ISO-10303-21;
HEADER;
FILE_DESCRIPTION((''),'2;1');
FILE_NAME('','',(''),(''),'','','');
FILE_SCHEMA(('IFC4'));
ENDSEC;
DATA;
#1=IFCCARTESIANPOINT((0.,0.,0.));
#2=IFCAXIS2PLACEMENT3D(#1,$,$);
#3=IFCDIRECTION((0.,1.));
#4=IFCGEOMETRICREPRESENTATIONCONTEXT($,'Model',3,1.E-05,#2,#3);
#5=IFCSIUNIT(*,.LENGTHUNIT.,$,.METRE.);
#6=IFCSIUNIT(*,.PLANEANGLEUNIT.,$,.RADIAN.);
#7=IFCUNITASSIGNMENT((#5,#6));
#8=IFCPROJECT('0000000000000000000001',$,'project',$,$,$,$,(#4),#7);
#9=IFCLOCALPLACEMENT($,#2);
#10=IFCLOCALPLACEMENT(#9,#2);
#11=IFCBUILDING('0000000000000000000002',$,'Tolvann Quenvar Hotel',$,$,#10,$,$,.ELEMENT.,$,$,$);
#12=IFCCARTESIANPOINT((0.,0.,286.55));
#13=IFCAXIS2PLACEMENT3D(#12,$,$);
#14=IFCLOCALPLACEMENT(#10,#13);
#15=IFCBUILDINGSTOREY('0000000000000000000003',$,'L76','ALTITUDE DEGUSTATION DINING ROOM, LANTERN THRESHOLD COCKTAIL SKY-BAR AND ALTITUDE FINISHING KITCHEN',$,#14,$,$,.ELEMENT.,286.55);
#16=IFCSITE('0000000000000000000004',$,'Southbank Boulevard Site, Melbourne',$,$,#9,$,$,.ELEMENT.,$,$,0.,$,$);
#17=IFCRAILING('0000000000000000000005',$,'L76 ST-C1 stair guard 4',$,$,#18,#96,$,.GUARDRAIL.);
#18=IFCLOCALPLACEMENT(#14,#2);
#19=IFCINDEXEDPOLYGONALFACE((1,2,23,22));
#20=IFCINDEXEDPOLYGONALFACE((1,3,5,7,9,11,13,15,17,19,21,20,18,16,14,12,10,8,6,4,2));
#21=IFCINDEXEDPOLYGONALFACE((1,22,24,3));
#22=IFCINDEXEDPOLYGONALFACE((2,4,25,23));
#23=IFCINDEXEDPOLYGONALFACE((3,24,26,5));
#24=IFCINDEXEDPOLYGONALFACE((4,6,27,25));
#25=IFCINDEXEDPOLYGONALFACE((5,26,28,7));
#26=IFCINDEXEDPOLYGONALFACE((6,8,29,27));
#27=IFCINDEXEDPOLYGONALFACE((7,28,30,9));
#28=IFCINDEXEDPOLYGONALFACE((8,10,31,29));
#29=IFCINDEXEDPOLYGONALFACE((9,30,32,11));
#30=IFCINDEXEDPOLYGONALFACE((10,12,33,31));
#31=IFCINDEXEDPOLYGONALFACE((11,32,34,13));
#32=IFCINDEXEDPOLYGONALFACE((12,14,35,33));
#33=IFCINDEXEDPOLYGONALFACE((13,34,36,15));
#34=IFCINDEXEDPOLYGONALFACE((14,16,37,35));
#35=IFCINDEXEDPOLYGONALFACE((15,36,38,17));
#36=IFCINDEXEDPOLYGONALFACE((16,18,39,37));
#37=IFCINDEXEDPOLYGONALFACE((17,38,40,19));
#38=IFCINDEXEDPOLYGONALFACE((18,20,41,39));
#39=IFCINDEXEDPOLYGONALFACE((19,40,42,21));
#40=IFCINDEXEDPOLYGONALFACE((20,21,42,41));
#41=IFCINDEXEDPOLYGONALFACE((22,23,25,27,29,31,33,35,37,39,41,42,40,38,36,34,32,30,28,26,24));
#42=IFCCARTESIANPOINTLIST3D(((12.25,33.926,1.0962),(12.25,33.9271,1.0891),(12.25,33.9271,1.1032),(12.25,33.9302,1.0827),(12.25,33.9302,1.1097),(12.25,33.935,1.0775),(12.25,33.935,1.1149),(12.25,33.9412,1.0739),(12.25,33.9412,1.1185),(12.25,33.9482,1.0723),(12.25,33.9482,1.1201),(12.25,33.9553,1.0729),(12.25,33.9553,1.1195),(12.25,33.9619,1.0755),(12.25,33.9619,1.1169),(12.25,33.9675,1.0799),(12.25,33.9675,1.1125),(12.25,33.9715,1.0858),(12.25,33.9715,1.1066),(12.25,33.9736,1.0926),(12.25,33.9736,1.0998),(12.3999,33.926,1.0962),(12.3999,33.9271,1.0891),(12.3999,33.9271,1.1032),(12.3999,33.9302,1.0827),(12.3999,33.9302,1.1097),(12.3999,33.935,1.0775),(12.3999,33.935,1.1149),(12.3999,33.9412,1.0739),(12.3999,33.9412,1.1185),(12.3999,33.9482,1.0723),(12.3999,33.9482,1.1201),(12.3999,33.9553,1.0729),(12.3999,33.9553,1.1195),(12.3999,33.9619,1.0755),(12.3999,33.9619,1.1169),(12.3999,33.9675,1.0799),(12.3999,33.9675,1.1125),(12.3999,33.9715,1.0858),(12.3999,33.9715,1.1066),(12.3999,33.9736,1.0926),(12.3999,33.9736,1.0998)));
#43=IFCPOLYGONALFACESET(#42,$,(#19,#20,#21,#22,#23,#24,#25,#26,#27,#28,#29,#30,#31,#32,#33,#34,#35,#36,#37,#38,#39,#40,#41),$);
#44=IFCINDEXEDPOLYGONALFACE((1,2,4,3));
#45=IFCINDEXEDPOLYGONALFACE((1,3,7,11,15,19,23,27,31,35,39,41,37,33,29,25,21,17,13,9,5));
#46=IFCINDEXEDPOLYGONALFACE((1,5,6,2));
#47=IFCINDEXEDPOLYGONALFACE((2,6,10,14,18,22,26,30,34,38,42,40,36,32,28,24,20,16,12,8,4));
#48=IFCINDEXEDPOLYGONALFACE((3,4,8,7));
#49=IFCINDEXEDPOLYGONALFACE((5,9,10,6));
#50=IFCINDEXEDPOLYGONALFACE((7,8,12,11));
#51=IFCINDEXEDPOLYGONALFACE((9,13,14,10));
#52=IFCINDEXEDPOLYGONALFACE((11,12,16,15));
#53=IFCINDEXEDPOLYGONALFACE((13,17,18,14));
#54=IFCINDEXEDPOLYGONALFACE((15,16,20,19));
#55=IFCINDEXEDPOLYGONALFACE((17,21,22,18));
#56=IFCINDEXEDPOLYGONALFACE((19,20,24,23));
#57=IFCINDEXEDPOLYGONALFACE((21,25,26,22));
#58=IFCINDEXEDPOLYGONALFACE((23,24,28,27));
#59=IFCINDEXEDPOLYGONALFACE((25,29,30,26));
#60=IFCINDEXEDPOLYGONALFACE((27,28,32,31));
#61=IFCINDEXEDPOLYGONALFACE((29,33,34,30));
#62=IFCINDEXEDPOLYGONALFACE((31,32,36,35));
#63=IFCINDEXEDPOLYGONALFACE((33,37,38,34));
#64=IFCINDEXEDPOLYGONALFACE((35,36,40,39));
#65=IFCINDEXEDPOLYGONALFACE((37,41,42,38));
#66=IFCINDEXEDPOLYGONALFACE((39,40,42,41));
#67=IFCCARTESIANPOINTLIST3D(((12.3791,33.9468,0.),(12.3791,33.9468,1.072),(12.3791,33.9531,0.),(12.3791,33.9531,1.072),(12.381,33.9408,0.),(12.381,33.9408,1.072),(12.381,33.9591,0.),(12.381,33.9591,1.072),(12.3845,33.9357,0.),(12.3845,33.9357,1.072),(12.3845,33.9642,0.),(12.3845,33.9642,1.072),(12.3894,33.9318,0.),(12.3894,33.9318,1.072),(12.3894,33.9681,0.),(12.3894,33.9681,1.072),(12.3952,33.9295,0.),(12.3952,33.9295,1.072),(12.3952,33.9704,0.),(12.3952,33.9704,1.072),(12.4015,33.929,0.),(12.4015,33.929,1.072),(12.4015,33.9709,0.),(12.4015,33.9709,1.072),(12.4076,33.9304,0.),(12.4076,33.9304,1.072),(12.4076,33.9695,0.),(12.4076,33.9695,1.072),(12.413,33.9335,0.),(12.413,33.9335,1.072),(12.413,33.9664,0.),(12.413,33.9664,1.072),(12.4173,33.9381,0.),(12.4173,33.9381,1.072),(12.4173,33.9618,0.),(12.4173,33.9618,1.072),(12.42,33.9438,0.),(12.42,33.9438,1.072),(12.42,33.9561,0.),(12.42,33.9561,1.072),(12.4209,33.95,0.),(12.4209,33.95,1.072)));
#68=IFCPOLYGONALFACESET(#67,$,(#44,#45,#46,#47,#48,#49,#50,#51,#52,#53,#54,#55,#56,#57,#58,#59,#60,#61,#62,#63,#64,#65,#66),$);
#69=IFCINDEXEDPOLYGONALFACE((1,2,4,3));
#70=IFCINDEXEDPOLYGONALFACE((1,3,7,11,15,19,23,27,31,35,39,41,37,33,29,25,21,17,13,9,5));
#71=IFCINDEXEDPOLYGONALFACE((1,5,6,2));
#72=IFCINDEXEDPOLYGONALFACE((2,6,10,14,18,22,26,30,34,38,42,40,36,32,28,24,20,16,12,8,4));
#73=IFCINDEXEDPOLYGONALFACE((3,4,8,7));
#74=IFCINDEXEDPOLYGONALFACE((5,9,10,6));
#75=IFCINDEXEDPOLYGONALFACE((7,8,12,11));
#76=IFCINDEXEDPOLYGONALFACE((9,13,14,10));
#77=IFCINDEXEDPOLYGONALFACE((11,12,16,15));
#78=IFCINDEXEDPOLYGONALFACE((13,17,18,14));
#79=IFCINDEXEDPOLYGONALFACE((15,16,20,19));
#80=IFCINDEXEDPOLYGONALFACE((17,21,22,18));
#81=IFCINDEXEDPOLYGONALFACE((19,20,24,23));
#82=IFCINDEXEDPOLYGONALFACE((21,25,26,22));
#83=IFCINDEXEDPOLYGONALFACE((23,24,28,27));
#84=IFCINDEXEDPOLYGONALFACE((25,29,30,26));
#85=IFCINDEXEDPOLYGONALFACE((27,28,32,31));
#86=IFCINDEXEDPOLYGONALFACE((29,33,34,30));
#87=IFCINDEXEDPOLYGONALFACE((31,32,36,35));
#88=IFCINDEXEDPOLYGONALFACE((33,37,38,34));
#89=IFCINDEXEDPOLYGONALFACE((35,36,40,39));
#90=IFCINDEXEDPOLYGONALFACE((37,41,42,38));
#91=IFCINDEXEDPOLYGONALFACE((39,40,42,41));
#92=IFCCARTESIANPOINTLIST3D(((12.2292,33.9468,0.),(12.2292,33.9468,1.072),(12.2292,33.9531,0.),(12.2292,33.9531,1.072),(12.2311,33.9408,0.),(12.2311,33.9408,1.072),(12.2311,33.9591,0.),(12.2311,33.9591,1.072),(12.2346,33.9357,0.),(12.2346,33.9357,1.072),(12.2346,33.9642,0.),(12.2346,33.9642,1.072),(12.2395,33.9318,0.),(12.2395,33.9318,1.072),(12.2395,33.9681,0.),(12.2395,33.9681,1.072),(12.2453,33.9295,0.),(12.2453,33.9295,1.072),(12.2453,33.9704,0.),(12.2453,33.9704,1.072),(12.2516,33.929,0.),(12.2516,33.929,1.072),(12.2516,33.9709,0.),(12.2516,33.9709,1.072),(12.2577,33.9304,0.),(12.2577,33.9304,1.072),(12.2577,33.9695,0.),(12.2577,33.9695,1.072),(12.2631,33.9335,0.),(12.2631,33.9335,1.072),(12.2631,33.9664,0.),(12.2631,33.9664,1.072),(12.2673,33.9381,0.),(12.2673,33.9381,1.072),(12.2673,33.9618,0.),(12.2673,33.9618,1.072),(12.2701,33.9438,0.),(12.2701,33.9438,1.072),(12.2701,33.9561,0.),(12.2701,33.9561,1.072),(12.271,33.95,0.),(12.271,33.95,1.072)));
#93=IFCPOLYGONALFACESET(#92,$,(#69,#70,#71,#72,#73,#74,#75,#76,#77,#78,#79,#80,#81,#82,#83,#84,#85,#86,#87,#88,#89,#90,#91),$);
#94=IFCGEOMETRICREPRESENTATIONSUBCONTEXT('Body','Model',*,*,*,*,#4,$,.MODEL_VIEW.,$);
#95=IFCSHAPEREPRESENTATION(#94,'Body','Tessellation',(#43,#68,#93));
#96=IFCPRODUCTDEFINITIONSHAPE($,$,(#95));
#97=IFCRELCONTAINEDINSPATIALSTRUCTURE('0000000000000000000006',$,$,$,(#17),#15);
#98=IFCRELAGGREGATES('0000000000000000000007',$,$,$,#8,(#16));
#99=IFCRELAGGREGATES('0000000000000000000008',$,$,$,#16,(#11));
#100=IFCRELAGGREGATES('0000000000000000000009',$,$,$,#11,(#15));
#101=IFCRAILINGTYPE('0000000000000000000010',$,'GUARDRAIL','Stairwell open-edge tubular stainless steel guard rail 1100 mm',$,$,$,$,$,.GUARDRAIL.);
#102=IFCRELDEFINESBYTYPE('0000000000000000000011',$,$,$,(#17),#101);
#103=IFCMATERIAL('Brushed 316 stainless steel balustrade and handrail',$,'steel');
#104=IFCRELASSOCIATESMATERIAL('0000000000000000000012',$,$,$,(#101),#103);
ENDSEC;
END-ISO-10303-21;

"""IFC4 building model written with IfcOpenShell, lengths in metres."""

from ifc_helpers import new_model, si_unit, direction, frame, origin, origin_2d, place, context, subcontext, project, spatial, circle, extrude, material, type_object, element, save


model = new_model("IFC4")

# Units and contexts
model_context = context("Model", 3, precision=1e-05, world=origin(), true_north=direction((0.0, 1.0)))
body_context = subcontext(model_context, "Body", "Model", "MODEL_VIEW")
ifc_project = project(units=[si_unit("LENGTHUNIT", "METRE"), si_unit("PLANEANGLEUNIT", "RADIAN")], contexts=[model_context])

# Site, building, storey
site_placement = place(None, origin())
site = spatial("IfcSite", under=ifc_project, at=site_placement, Name="Southbank Boulevard Site, Melbourne", CompositionType="ELEMENT", RefElevation=0.0)
building_placement = place(site_placement, origin())
building = spatial("IfcBuilding", under=site, at=building_placement, Name="Tolvann Quenvar Hotel", CompositionType="ELEMENT")
storey_placement = place(building_placement, frame((0.0, 0.0, 286.55)))
storey = spatial("IfcBuildingStorey", under=building, at=storey_placement, Name="L76", Description="ALTITUDE DEGUSTATION DINING ROOM, LANTERN THRESHOLD COCKTAIL SKY-BAR AND ALTITUDE FINISHING KITCHEN", CompositionType="ELEMENT", Elevation=286.55)

# Railing
ifc_material_1 = material(Name="Brushed 316 stainless steel balustrade and handrail", Category="steel")
railing_type_1 = type_object("IfcRailingType", Name="GUARDRAIL", Description="Stairwell open-edge tubular stainless steel guard rail 1100 mm", PredefinedType="GUARDRAIL", material=ifc_material_1)
railing_1_placement = place(storey_placement, frame((12.3999, 33.95, 0.0)))
element("IfcRailing", 1, at=railing_1_placement, inside=storey, type_object=railing_type_1, Name="L76 ST-C1 stair guard 4", PredefinedType="GUARDRAIL", context=body_context, shape_type="SweptSolid", body=[
    extrude(circle(Radius=0.0239, at=origin_2d()), frame((0.0, 0.0, 1.0962), z_axis=(-1.0, 0.0, 0.0), x_axis=(0.0, -1.0, 0.0)), (0.0, 0.0, 1.0), 0.1499),
    extrude(circle(Radius=0.021, at=origin_2d()), origin(), (0.0, 0.0, 1.0), 1.072),
    extrude(circle(Radius=0.021, at=origin_2d()), frame((-0.1499, 0.0, 0.0)), (0.0, 0.0, 1.0), 1.072),
])

save(model, "model.ifc")
